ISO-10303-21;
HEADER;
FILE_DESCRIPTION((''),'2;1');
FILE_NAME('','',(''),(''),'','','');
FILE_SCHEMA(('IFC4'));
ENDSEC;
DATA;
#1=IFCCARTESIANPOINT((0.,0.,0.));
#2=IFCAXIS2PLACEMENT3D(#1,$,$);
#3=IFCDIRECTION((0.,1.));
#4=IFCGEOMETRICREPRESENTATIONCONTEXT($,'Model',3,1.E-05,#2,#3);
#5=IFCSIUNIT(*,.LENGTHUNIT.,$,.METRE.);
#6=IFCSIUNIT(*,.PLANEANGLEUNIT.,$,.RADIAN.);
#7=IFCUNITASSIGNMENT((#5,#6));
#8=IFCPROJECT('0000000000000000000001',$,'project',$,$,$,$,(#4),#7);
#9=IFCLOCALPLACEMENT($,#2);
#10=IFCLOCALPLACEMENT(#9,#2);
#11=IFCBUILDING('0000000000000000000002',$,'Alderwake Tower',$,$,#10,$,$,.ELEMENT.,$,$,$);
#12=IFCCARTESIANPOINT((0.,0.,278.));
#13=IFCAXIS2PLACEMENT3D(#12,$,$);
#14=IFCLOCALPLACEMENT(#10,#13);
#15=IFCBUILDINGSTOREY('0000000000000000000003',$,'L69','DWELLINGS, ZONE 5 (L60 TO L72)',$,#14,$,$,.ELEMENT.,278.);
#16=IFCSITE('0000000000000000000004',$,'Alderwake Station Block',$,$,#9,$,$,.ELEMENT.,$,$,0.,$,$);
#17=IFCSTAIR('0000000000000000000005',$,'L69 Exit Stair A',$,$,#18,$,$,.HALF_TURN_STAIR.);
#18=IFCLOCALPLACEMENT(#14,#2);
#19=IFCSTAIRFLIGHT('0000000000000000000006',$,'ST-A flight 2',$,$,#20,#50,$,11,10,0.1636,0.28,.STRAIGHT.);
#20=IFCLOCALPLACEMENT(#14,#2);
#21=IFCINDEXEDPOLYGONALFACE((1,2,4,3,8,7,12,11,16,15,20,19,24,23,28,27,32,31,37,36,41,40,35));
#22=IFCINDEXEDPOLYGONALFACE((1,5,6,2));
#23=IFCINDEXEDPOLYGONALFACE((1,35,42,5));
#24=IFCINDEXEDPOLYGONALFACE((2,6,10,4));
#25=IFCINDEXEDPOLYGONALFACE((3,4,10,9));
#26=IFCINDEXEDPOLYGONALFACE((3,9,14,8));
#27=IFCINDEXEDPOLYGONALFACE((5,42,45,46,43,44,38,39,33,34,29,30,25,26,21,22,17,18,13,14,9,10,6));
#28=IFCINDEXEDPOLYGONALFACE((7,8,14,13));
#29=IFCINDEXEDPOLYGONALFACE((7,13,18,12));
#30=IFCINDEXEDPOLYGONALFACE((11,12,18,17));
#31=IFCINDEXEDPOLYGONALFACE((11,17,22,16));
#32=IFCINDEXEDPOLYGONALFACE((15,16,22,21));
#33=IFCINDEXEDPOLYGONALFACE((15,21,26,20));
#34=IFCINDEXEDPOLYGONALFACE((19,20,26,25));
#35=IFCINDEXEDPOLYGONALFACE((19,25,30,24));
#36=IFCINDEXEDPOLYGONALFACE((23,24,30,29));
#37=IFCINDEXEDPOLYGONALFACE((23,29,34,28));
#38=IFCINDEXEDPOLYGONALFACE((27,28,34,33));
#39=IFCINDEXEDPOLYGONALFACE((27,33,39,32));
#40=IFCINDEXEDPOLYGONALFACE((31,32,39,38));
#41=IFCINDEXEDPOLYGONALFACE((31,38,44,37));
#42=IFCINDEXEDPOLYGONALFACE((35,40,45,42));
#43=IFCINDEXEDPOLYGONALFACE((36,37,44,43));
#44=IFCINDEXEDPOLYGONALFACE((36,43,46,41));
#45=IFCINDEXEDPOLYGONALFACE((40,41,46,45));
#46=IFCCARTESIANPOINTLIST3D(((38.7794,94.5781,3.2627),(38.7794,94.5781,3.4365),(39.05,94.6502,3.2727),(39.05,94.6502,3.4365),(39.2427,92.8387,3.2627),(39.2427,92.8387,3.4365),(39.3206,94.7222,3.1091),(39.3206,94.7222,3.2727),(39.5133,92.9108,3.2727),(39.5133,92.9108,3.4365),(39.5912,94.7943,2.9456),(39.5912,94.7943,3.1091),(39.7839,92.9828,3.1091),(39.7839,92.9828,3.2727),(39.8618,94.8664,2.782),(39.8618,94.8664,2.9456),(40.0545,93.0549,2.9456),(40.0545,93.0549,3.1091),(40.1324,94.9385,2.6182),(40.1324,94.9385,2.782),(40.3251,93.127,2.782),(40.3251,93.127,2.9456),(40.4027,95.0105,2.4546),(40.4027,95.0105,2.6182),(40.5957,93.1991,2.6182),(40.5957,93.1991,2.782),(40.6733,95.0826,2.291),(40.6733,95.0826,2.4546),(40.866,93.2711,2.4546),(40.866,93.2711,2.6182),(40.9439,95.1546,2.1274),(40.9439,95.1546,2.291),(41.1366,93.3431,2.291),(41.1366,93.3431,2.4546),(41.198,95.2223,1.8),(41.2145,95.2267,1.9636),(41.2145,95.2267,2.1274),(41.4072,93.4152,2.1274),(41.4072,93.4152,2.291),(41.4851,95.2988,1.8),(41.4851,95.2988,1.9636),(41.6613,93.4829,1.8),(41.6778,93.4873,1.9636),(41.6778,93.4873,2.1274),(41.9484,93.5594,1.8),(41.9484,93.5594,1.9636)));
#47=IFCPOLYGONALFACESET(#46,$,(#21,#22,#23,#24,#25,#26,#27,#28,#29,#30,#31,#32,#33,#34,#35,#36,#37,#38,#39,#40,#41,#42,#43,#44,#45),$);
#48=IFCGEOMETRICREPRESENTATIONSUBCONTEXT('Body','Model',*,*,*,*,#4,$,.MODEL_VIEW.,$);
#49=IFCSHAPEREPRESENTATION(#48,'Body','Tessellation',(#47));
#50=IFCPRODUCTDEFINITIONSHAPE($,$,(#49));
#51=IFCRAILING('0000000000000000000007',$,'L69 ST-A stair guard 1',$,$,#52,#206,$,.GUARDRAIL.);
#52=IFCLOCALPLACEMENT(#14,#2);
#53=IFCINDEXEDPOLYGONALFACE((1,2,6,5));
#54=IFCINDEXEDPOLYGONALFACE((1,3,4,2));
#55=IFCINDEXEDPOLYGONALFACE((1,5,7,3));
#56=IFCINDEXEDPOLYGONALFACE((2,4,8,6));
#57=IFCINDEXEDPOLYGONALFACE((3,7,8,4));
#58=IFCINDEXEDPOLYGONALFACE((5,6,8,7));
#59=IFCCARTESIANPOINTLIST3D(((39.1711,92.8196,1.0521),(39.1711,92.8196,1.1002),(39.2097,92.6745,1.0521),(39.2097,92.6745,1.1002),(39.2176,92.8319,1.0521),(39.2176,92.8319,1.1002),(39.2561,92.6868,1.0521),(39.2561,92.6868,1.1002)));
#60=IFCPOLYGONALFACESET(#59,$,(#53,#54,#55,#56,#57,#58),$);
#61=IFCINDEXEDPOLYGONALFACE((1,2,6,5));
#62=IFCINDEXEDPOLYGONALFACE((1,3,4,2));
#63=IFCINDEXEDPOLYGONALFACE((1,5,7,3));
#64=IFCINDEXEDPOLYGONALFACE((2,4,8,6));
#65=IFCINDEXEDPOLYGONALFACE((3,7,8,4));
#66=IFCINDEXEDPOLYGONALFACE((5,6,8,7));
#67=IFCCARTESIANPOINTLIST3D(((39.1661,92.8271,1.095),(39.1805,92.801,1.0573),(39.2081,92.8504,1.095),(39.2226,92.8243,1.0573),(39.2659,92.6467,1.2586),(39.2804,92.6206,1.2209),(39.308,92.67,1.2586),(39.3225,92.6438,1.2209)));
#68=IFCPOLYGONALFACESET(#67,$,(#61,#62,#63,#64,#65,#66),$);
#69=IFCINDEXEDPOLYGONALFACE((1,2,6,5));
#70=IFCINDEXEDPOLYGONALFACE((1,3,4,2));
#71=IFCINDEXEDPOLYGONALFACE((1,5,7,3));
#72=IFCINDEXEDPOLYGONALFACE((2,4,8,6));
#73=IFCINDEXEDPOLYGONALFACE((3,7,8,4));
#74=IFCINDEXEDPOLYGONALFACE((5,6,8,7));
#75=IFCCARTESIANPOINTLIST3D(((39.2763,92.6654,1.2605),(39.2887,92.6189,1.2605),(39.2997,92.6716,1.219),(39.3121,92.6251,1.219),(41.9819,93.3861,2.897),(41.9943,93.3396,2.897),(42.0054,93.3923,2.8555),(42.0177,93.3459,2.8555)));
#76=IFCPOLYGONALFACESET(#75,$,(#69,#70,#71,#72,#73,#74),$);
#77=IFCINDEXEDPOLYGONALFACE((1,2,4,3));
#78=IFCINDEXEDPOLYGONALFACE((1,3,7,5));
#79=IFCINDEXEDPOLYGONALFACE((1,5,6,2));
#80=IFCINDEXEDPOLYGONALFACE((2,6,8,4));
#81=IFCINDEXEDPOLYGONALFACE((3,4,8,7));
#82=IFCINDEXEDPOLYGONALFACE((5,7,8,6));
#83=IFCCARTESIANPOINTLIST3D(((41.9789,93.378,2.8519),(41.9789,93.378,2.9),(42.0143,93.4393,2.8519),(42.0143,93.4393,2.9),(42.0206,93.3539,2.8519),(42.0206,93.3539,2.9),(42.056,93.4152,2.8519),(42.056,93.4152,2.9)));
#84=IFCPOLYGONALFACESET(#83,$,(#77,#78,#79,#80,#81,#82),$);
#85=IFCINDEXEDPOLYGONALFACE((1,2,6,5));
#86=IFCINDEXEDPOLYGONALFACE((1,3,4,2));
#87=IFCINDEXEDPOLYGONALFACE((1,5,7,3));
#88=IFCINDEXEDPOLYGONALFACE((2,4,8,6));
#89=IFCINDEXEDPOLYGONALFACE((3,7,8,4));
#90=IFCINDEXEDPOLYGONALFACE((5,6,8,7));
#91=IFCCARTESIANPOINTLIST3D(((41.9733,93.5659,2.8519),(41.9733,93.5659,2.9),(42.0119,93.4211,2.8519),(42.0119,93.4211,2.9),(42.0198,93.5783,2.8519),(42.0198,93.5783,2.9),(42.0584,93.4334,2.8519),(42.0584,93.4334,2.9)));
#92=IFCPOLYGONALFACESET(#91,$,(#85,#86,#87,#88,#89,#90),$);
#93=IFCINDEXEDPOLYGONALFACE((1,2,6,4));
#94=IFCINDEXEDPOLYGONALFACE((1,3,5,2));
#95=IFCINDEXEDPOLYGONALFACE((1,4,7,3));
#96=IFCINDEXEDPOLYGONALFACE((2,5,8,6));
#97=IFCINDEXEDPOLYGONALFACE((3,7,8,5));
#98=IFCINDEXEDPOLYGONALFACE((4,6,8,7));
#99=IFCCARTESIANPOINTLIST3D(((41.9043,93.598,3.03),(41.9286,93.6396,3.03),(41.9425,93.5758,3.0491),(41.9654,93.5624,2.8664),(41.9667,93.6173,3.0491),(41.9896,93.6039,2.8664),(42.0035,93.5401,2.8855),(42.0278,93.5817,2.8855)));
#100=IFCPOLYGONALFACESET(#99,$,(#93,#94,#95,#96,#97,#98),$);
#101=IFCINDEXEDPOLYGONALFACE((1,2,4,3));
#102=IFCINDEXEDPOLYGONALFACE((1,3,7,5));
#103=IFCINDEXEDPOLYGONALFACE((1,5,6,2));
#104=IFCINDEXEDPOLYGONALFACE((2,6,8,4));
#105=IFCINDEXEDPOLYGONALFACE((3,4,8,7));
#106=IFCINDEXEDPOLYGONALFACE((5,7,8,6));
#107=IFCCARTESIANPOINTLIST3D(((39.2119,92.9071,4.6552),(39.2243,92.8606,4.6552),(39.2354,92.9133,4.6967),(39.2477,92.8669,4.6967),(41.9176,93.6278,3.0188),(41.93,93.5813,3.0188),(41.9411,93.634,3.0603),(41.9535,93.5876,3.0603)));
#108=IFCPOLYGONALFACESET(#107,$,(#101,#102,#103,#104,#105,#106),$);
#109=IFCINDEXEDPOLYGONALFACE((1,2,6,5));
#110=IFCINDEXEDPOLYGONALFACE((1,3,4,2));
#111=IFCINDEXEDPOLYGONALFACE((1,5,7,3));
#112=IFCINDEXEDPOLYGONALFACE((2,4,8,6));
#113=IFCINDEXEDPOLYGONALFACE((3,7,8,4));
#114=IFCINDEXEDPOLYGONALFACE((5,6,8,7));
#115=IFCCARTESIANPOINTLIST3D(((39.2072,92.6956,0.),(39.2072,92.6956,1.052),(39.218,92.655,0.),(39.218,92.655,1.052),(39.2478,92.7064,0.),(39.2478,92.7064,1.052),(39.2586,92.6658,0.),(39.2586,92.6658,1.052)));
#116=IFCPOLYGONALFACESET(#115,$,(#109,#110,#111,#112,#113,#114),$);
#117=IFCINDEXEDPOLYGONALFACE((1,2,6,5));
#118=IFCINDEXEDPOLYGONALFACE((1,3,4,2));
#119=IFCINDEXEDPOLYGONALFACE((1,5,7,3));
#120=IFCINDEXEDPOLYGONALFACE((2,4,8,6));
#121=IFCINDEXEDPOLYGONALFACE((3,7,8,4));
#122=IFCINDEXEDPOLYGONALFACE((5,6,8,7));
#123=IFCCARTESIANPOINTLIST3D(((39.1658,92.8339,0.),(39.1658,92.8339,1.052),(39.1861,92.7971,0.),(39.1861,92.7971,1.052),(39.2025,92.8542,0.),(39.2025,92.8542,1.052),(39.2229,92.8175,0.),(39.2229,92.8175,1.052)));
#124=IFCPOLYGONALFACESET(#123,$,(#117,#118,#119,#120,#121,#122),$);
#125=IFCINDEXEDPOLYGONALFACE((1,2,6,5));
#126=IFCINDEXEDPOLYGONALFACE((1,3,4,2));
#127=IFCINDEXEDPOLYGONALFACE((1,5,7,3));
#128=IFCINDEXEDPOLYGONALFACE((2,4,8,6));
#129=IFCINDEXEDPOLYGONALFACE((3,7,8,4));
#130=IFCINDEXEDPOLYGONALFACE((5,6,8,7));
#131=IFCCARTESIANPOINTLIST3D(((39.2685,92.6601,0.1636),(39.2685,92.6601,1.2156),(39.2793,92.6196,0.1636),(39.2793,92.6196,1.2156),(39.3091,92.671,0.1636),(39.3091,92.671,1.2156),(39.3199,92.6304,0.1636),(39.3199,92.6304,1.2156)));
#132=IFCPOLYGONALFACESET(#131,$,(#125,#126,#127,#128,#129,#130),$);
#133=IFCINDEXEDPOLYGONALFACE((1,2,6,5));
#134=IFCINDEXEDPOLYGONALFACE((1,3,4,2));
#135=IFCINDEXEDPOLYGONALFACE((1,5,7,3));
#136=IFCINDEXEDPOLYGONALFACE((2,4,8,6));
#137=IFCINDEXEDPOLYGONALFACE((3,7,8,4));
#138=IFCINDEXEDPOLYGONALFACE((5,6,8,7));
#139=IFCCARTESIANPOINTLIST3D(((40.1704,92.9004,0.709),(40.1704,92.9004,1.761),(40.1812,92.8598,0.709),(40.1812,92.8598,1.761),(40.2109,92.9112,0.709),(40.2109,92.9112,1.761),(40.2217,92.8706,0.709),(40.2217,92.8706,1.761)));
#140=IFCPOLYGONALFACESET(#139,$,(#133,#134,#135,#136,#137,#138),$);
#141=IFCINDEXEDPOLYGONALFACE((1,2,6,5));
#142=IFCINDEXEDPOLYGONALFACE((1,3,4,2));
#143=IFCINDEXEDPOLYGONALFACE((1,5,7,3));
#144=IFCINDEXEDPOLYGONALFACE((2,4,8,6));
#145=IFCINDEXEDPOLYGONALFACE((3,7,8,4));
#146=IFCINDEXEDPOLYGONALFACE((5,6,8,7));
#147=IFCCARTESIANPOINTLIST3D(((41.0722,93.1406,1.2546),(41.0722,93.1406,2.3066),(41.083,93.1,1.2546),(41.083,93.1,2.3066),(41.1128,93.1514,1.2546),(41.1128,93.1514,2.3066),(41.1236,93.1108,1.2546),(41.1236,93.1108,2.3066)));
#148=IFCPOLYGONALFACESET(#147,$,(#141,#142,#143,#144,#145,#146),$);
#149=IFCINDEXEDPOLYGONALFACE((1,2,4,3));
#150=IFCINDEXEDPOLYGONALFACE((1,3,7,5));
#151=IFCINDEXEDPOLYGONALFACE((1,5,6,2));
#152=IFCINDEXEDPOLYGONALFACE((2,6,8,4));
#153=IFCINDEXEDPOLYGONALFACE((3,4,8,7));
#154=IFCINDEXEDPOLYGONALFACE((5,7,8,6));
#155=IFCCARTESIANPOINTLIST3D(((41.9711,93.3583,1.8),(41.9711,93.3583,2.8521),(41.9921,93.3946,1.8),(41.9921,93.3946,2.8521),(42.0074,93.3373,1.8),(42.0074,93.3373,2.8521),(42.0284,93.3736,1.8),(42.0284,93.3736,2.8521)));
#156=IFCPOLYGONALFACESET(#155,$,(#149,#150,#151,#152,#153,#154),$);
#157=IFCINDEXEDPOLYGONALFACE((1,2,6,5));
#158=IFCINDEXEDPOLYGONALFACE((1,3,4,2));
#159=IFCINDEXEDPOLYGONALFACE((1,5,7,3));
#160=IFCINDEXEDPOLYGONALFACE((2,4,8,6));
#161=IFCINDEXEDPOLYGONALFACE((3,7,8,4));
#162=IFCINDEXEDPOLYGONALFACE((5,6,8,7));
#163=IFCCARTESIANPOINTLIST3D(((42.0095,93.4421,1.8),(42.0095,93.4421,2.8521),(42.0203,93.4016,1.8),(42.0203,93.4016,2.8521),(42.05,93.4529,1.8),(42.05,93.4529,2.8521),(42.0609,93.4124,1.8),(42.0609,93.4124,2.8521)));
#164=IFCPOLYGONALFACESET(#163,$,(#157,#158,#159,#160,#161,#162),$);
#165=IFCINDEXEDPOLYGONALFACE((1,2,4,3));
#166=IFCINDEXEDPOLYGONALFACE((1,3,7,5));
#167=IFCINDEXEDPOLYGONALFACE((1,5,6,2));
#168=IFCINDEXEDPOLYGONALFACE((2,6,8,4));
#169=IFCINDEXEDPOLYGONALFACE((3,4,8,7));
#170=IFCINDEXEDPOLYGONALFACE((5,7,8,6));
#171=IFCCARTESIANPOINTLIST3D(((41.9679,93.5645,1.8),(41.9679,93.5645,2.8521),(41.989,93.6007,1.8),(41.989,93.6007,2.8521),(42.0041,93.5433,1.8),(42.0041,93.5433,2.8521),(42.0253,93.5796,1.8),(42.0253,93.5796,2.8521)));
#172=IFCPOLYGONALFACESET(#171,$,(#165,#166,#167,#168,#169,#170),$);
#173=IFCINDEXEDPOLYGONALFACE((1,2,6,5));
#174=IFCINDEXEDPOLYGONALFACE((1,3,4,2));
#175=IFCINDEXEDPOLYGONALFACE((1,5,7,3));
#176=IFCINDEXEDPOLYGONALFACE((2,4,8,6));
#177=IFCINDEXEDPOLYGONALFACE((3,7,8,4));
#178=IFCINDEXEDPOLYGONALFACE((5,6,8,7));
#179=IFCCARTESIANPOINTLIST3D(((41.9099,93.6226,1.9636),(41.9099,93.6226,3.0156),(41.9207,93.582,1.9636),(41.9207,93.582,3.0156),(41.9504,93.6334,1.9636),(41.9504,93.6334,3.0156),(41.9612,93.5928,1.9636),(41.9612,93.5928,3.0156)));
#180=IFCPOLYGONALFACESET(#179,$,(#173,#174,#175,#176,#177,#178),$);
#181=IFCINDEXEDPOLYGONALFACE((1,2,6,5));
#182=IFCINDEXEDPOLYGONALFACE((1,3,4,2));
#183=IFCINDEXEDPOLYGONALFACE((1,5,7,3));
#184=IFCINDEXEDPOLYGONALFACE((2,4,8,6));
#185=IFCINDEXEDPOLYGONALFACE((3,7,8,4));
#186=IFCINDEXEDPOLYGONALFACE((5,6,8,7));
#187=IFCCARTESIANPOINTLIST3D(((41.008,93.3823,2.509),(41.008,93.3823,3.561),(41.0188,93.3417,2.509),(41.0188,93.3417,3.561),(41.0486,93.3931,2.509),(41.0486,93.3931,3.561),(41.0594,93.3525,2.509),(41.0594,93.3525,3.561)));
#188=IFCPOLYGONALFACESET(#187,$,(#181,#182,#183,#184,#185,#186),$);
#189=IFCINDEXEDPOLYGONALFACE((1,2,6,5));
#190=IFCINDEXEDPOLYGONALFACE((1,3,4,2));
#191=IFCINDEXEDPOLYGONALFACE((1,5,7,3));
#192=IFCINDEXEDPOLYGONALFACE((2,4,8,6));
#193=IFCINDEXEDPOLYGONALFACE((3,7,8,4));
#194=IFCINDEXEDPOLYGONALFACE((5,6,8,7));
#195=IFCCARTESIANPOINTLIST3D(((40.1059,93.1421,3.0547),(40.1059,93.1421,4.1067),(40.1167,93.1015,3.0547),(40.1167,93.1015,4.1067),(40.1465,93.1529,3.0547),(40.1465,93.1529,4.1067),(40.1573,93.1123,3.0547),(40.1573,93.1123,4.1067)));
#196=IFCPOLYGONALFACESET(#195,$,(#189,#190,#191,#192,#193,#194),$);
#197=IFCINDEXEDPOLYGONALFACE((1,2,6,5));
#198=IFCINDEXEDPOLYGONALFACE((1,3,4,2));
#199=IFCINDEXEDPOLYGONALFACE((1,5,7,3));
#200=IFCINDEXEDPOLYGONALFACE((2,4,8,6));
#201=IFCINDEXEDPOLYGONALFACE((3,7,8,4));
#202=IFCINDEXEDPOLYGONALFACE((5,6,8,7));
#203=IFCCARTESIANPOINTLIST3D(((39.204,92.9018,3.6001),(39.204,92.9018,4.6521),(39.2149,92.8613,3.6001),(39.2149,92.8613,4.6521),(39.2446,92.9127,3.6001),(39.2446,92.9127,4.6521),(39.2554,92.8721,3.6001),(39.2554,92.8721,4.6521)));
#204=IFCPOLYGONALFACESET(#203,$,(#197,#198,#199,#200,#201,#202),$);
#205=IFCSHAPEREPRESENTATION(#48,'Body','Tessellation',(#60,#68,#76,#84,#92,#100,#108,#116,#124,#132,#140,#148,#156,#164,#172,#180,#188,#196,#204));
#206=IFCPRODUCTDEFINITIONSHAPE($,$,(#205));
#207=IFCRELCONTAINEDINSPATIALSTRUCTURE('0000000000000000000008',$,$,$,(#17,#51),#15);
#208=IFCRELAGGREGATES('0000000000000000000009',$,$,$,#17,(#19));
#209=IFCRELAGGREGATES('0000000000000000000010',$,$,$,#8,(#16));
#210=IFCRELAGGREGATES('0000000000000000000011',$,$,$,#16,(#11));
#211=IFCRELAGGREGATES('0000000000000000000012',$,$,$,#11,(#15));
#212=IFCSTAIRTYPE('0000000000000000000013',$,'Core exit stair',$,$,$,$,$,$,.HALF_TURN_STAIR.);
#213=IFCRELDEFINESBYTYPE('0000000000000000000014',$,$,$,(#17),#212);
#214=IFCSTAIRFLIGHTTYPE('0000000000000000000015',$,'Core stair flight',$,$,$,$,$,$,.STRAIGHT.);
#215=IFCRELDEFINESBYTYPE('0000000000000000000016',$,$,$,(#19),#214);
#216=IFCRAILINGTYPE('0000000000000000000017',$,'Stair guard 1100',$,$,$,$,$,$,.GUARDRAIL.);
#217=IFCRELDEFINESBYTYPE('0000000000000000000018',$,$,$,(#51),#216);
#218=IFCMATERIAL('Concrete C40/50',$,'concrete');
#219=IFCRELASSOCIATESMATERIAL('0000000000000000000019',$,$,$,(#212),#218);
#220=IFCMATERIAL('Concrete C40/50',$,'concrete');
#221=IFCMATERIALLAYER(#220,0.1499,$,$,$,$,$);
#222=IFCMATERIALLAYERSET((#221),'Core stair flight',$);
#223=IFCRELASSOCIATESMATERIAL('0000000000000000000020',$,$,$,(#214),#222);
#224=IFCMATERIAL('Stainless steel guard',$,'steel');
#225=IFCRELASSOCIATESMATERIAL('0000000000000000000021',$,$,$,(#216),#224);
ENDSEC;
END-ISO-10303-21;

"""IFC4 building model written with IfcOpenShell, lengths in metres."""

from ifc_helpers import new_model, si_unit, direction, frame, origin, origin_2d, place, context, subcontext, project, spatial, polyline, rectangle, outline, extrude, material, layer, layer_set, type_object, element, aggregate, save


model = new_model("IFC4")

# Units and contexts
model_context = context("Model", 3, precision=1e-05, world=origin(), true_north=direction((0.0, 1.0)))
body_context = subcontext(model_context, "Body", "Model", "MODEL_VIEW")
ifc_project = project(units=[si_unit("LENGTHUNIT", "METRE"), si_unit("PLANEANGLEUNIT", "RADIAN")], contexts=[model_context])

# Site, building, storey
site_placement = place(None, origin())
site = spatial("IfcSite", under=ifc_project, at=site_placement, Name="Alderwake Station Block", CompositionType="ELEMENT", RefElevation=0.0)
building_placement = place(site_placement, origin())
building = spatial("IfcBuilding", under=site, at=building_placement, Name="Alderwake Tower", CompositionType="ELEMENT")
storey_placement = place(building_placement, frame((0.0, 0.0, 278.0)))
storey = spatial("IfcBuildingStorey", under=building, at=storey_placement, Name="L69", Description="DWELLINGS, ZONE 5 (L60 TO L72)", CompositionType="ELEMENT", Elevation=278.0)

# Stair, stair flight
ifc_material_1 = material(Name="Concrete C40/50", Category="concrete")
stair_type = type_object("IfcStairType", Name="Core exit stair", PredefinedType="HALF_TURN_STAIR", material=ifc_material_1)
stair_placement = place(storey_placement, origin())
stair = element("IfcStair", 1, at=stair_placement, inside=storey, type_object=stair_type, Name="L69 Exit Stair A", PredefinedType="HALF_TURN_STAIR")
ifc_material_2 = material(Name="Concrete C40/50", Category="concrete")
ifc_layer_1 = layer(ifc_material_2, 0.1499)
ifc_layer_set_1 = layer_set([ifc_layer_1], Name="Core stair flight")
stair_flight_type = type_object("IfcStairFlightType", Name="Core stair flight", PredefinedType="STRAIGHT", material=ifc_layer_set_1)
stair_flight_1_placement = place(storey_placement, frame((41.7168, 94.429, 1.8), z_axis=(0.0, 0.0, 1.0), x_axis=(-0.96631, -0.257382, 0.0)))
stair_flight_1 = element("IfcStairFlight", 2, at=stair_flight_1_placement, type_object=stair_flight_type, Name="ST-A flight 2", NumberOfRisers=11, NumberOfTreads=10, PredefinedType="STRAIGHT", RiserHeight=0.1636, TreadLength=0.28, context=body_context, shape_type="SweptSolid", body=[
    extrude(outline(polyline([(0.0, 0.0), (0.0, 0.1636), (0.28, 0.1636), (0.28, 0.3274), (0.5601, 0.3274), (0.5601, 0.491), (0.8401, 0.491), (0.8401, 0.6545), (1.1201, 0.6545), (1.1201, 0.8181), (1.3999, 0.8181), (1.3999, 0.9819), (1.6799, 0.9819), (1.6799, 1.1455), (1.96, 1.1455), (1.96, 1.3091), (2.24, 1.3091), (2.24, 1.4727), (2.52, 1.4727), (2.52, 1.6365), (2.8, 1.6365), (2.8, 1.8), (2.8, 1.4626), (0.2971, 0.0), (0.0, 0.0)])), frame((0.0, 0.8999, 0.0), z_axis=(0.0, -1.0, 0.0), x_axis=(1.0, 0.0, 0.0)), (0.0, 0.0, 1.0), 1.8),
])
aggregate(stair, [stair_flight_1])

# Railing
ifc_material_3 = material(Name="Stainless steel guard", Category="steel")
railing_type_1 = type_object("IfcRailingType", Name="Stair guard 1100", PredefinedType="GUARDRAIL", material=ifc_material_3)
railing_1_placement = place(storey_placement, frame((39.2329, 92.6807, 0.0)))
element("IfcRailing", 3, at=railing_1_placement, inside=storey, type_object=railing_type_1, Name="L69 ST-A stair guard 1", PredefinedType="GUARDRAIL", context=body_context, shape_type="SweptSolid", body=[
    extrude(rectangle(XDim=0.0481, YDim=0.0481, at=origin_2d()), frame((0.0, 0.0, 1.0762), z_axis=(-0.257055, 0.966397, 0.0), x_axis=(-0.966397, -0.257055, 0.0)), (0.0, 0.0, 1.0), 0.1501),
    extrude(rectangle(XDim=0.0481, YDim=0.0481, at=origin_2d()), frame((-0.0386, 0.145, 1.0762), z_axis=(0.379371, -0.685464, 0.621463), x_axis=(0.874938, 0.484235, 0.0)), (0.0, 0.0, 1.0), 0.2632),
    extrude(rectangle(XDim=0.0481, YDim=0.0481, at=origin_2d()), frame((0.0613, -0.0354, 1.2397), z_axis=(0.834259, 0.222228, 0.504605), x_axis=(-0.257402, 0.966304, 0.0)), (0.0, 0.0, 1.0), 3.2432),
    extrude(rectangle(XDim=0.0481, YDim=0.0481, at=origin_2d()), frame((2.7668, 0.6853, 2.876), z_axis=(0.50022, 0.865898, 0.0), x_axis=(-0.865898, 0.50022, 0.0)), (0.0, 0.0, 1.0), 0.0708),
    extrude(rectangle(XDim=0.0481, YDim=0.0481, at=origin_2d()), frame((2.8022, 0.7466, 2.876), z_axis=(-0.25746, 0.966289, 0.0), x_axis=(-0.966289, -0.25746, 0.0)), (0.0, 0.0, 1.0), 0.1499),
    extrude(rectangle(XDim=0.0481, YDim=0.0481, at=origin_2d()), frame((2.7637, 0.8914, 2.876), z_axis=(-0.342525, 0.200035, 0.917967), x_axis=(-0.5043, -0.863528, 0.0)), (0.0, 0.0, 1.0), 0.1782),
    extrude(rectangle(XDim=0.0481, YDim=0.0481, at=origin_2d()), frame((2.7026, 0.927, 3.0396), z_axis=(-0.834282, -0.222214, 0.504574), x_axis=(0.25738, -0.96631, 0.0)), (0.0, 0.0, 1.0), 3.2432),
    extrude(rectangle(XDim=0.042, YDim=0.042, at=origin_2d()), frame((0.0, 0.0, 0.0), z_axis=(0.0, 0.0, 1.0), x_axis=(-0.257055, 0.966397, 0.0)), (0.0, 0.0, 1.0), 1.052),
    extrude(rectangle(XDim=0.042, YDim=0.042, at=origin_2d()), frame((-0.0386, 0.145, 0.0), z_axis=(0.0, 0.0, 1.0), x_axis=(0.484235, -0.874938, 0.0)), (0.0, 0.0, 1.0), 1.052),
    extrude(rectangle(XDim=0.042, YDim=0.042, at=origin_2d()), frame((0.0613, -0.0354, 0.1636), z_axis=(0.0, 0.0, 1.0), x_axis=(0.966304, 0.257402, 0.0)), (0.0, 0.0, 1.0), 1.052),
    extrude(rectangle(XDim=0.042, YDim=0.042, at=origin_2d()), frame((0.9631, 0.2048, 0.709), z_axis=(0.0, 0.0, 1.0), x_axis=(0.966304, 0.257402, 0.0)), (0.0, 0.0, 1.0), 1.052),
    extrude(rectangle(XDim=0.042, YDim=0.042, at=origin_2d()), frame((1.865, 0.4451, 1.2546), z_axis=(0.0, 0.0, 1.0), x_axis=(0.966304, 0.257402, 0.0)), (0.0, 0.0, 1.0), 1.052),
    extrude(rectangle(XDim=0.042, YDim=0.042, at=origin_2d()), frame((2.7668, 0.6853, 1.8), z_axis=(0.0, 0.0, 1.0), x_axis=(0.50022, 0.865898, 0.0)), (0.0, 0.0, 1.0), 1.052),
    extrude(rectangle(XDim=0.042, YDim=0.042, at=origin_2d()), frame((2.8022, 0.7466, 1.8), z_axis=(0.0, 0.0, 1.0), x_axis=(-0.25746, 0.966289, 0.0)), (0.0, 0.0, 1.0), 1.052),
    extrude(rectangle(XDim=0.042, YDim=0.042, at=origin_2d()), frame((2.7637, 0.8914, 1.8), z_axis=(0.0, 0.0, 1.0), x_axis=(-0.863528, 0.5043, 0.0)), (0.0, 0.0, 1.0), 1.052),
    extrude(rectangle(XDim=0.042, YDim=0.042, at=origin_2d()), frame((2.7026, 0.927, 1.9636), z_axis=(0.0, 0.0, 1.0), x_axis=(-0.96631, -0.25738, 0.0)), (0.0, 0.0, 1.0), 1.052),
    extrude(rectangle(XDim=0.042, YDim=0.042, at=origin_2d()), frame((1.8008, 0.6868, 2.509), z_axis=(0.0, 0.0, 1.0), x_axis=(-0.96631, -0.25738, 0.0)), (0.0, 0.0, 1.0), 1.052),
    extrude(rectangle(XDim=0.042, YDim=0.042, at=origin_2d()), frame((0.8987, 0.4465, 3.0547), z_axis=(0.0, 0.0, 1.0), x_axis=(-0.96631, -0.25738, 0.0)), (0.0, 0.0, 1.0), 1.052),
    extrude(rectangle(XDim=0.042, YDim=0.042, at=origin_2d()), frame((-0.0032, 0.2063, 3.6001), z_axis=(0.0, 0.0, 1.0), x_axis=(-0.96631, -0.25738, 0.0)), (0.0, 0.0, 1.0), 1.052),
])

save(model, "model.ifc")
